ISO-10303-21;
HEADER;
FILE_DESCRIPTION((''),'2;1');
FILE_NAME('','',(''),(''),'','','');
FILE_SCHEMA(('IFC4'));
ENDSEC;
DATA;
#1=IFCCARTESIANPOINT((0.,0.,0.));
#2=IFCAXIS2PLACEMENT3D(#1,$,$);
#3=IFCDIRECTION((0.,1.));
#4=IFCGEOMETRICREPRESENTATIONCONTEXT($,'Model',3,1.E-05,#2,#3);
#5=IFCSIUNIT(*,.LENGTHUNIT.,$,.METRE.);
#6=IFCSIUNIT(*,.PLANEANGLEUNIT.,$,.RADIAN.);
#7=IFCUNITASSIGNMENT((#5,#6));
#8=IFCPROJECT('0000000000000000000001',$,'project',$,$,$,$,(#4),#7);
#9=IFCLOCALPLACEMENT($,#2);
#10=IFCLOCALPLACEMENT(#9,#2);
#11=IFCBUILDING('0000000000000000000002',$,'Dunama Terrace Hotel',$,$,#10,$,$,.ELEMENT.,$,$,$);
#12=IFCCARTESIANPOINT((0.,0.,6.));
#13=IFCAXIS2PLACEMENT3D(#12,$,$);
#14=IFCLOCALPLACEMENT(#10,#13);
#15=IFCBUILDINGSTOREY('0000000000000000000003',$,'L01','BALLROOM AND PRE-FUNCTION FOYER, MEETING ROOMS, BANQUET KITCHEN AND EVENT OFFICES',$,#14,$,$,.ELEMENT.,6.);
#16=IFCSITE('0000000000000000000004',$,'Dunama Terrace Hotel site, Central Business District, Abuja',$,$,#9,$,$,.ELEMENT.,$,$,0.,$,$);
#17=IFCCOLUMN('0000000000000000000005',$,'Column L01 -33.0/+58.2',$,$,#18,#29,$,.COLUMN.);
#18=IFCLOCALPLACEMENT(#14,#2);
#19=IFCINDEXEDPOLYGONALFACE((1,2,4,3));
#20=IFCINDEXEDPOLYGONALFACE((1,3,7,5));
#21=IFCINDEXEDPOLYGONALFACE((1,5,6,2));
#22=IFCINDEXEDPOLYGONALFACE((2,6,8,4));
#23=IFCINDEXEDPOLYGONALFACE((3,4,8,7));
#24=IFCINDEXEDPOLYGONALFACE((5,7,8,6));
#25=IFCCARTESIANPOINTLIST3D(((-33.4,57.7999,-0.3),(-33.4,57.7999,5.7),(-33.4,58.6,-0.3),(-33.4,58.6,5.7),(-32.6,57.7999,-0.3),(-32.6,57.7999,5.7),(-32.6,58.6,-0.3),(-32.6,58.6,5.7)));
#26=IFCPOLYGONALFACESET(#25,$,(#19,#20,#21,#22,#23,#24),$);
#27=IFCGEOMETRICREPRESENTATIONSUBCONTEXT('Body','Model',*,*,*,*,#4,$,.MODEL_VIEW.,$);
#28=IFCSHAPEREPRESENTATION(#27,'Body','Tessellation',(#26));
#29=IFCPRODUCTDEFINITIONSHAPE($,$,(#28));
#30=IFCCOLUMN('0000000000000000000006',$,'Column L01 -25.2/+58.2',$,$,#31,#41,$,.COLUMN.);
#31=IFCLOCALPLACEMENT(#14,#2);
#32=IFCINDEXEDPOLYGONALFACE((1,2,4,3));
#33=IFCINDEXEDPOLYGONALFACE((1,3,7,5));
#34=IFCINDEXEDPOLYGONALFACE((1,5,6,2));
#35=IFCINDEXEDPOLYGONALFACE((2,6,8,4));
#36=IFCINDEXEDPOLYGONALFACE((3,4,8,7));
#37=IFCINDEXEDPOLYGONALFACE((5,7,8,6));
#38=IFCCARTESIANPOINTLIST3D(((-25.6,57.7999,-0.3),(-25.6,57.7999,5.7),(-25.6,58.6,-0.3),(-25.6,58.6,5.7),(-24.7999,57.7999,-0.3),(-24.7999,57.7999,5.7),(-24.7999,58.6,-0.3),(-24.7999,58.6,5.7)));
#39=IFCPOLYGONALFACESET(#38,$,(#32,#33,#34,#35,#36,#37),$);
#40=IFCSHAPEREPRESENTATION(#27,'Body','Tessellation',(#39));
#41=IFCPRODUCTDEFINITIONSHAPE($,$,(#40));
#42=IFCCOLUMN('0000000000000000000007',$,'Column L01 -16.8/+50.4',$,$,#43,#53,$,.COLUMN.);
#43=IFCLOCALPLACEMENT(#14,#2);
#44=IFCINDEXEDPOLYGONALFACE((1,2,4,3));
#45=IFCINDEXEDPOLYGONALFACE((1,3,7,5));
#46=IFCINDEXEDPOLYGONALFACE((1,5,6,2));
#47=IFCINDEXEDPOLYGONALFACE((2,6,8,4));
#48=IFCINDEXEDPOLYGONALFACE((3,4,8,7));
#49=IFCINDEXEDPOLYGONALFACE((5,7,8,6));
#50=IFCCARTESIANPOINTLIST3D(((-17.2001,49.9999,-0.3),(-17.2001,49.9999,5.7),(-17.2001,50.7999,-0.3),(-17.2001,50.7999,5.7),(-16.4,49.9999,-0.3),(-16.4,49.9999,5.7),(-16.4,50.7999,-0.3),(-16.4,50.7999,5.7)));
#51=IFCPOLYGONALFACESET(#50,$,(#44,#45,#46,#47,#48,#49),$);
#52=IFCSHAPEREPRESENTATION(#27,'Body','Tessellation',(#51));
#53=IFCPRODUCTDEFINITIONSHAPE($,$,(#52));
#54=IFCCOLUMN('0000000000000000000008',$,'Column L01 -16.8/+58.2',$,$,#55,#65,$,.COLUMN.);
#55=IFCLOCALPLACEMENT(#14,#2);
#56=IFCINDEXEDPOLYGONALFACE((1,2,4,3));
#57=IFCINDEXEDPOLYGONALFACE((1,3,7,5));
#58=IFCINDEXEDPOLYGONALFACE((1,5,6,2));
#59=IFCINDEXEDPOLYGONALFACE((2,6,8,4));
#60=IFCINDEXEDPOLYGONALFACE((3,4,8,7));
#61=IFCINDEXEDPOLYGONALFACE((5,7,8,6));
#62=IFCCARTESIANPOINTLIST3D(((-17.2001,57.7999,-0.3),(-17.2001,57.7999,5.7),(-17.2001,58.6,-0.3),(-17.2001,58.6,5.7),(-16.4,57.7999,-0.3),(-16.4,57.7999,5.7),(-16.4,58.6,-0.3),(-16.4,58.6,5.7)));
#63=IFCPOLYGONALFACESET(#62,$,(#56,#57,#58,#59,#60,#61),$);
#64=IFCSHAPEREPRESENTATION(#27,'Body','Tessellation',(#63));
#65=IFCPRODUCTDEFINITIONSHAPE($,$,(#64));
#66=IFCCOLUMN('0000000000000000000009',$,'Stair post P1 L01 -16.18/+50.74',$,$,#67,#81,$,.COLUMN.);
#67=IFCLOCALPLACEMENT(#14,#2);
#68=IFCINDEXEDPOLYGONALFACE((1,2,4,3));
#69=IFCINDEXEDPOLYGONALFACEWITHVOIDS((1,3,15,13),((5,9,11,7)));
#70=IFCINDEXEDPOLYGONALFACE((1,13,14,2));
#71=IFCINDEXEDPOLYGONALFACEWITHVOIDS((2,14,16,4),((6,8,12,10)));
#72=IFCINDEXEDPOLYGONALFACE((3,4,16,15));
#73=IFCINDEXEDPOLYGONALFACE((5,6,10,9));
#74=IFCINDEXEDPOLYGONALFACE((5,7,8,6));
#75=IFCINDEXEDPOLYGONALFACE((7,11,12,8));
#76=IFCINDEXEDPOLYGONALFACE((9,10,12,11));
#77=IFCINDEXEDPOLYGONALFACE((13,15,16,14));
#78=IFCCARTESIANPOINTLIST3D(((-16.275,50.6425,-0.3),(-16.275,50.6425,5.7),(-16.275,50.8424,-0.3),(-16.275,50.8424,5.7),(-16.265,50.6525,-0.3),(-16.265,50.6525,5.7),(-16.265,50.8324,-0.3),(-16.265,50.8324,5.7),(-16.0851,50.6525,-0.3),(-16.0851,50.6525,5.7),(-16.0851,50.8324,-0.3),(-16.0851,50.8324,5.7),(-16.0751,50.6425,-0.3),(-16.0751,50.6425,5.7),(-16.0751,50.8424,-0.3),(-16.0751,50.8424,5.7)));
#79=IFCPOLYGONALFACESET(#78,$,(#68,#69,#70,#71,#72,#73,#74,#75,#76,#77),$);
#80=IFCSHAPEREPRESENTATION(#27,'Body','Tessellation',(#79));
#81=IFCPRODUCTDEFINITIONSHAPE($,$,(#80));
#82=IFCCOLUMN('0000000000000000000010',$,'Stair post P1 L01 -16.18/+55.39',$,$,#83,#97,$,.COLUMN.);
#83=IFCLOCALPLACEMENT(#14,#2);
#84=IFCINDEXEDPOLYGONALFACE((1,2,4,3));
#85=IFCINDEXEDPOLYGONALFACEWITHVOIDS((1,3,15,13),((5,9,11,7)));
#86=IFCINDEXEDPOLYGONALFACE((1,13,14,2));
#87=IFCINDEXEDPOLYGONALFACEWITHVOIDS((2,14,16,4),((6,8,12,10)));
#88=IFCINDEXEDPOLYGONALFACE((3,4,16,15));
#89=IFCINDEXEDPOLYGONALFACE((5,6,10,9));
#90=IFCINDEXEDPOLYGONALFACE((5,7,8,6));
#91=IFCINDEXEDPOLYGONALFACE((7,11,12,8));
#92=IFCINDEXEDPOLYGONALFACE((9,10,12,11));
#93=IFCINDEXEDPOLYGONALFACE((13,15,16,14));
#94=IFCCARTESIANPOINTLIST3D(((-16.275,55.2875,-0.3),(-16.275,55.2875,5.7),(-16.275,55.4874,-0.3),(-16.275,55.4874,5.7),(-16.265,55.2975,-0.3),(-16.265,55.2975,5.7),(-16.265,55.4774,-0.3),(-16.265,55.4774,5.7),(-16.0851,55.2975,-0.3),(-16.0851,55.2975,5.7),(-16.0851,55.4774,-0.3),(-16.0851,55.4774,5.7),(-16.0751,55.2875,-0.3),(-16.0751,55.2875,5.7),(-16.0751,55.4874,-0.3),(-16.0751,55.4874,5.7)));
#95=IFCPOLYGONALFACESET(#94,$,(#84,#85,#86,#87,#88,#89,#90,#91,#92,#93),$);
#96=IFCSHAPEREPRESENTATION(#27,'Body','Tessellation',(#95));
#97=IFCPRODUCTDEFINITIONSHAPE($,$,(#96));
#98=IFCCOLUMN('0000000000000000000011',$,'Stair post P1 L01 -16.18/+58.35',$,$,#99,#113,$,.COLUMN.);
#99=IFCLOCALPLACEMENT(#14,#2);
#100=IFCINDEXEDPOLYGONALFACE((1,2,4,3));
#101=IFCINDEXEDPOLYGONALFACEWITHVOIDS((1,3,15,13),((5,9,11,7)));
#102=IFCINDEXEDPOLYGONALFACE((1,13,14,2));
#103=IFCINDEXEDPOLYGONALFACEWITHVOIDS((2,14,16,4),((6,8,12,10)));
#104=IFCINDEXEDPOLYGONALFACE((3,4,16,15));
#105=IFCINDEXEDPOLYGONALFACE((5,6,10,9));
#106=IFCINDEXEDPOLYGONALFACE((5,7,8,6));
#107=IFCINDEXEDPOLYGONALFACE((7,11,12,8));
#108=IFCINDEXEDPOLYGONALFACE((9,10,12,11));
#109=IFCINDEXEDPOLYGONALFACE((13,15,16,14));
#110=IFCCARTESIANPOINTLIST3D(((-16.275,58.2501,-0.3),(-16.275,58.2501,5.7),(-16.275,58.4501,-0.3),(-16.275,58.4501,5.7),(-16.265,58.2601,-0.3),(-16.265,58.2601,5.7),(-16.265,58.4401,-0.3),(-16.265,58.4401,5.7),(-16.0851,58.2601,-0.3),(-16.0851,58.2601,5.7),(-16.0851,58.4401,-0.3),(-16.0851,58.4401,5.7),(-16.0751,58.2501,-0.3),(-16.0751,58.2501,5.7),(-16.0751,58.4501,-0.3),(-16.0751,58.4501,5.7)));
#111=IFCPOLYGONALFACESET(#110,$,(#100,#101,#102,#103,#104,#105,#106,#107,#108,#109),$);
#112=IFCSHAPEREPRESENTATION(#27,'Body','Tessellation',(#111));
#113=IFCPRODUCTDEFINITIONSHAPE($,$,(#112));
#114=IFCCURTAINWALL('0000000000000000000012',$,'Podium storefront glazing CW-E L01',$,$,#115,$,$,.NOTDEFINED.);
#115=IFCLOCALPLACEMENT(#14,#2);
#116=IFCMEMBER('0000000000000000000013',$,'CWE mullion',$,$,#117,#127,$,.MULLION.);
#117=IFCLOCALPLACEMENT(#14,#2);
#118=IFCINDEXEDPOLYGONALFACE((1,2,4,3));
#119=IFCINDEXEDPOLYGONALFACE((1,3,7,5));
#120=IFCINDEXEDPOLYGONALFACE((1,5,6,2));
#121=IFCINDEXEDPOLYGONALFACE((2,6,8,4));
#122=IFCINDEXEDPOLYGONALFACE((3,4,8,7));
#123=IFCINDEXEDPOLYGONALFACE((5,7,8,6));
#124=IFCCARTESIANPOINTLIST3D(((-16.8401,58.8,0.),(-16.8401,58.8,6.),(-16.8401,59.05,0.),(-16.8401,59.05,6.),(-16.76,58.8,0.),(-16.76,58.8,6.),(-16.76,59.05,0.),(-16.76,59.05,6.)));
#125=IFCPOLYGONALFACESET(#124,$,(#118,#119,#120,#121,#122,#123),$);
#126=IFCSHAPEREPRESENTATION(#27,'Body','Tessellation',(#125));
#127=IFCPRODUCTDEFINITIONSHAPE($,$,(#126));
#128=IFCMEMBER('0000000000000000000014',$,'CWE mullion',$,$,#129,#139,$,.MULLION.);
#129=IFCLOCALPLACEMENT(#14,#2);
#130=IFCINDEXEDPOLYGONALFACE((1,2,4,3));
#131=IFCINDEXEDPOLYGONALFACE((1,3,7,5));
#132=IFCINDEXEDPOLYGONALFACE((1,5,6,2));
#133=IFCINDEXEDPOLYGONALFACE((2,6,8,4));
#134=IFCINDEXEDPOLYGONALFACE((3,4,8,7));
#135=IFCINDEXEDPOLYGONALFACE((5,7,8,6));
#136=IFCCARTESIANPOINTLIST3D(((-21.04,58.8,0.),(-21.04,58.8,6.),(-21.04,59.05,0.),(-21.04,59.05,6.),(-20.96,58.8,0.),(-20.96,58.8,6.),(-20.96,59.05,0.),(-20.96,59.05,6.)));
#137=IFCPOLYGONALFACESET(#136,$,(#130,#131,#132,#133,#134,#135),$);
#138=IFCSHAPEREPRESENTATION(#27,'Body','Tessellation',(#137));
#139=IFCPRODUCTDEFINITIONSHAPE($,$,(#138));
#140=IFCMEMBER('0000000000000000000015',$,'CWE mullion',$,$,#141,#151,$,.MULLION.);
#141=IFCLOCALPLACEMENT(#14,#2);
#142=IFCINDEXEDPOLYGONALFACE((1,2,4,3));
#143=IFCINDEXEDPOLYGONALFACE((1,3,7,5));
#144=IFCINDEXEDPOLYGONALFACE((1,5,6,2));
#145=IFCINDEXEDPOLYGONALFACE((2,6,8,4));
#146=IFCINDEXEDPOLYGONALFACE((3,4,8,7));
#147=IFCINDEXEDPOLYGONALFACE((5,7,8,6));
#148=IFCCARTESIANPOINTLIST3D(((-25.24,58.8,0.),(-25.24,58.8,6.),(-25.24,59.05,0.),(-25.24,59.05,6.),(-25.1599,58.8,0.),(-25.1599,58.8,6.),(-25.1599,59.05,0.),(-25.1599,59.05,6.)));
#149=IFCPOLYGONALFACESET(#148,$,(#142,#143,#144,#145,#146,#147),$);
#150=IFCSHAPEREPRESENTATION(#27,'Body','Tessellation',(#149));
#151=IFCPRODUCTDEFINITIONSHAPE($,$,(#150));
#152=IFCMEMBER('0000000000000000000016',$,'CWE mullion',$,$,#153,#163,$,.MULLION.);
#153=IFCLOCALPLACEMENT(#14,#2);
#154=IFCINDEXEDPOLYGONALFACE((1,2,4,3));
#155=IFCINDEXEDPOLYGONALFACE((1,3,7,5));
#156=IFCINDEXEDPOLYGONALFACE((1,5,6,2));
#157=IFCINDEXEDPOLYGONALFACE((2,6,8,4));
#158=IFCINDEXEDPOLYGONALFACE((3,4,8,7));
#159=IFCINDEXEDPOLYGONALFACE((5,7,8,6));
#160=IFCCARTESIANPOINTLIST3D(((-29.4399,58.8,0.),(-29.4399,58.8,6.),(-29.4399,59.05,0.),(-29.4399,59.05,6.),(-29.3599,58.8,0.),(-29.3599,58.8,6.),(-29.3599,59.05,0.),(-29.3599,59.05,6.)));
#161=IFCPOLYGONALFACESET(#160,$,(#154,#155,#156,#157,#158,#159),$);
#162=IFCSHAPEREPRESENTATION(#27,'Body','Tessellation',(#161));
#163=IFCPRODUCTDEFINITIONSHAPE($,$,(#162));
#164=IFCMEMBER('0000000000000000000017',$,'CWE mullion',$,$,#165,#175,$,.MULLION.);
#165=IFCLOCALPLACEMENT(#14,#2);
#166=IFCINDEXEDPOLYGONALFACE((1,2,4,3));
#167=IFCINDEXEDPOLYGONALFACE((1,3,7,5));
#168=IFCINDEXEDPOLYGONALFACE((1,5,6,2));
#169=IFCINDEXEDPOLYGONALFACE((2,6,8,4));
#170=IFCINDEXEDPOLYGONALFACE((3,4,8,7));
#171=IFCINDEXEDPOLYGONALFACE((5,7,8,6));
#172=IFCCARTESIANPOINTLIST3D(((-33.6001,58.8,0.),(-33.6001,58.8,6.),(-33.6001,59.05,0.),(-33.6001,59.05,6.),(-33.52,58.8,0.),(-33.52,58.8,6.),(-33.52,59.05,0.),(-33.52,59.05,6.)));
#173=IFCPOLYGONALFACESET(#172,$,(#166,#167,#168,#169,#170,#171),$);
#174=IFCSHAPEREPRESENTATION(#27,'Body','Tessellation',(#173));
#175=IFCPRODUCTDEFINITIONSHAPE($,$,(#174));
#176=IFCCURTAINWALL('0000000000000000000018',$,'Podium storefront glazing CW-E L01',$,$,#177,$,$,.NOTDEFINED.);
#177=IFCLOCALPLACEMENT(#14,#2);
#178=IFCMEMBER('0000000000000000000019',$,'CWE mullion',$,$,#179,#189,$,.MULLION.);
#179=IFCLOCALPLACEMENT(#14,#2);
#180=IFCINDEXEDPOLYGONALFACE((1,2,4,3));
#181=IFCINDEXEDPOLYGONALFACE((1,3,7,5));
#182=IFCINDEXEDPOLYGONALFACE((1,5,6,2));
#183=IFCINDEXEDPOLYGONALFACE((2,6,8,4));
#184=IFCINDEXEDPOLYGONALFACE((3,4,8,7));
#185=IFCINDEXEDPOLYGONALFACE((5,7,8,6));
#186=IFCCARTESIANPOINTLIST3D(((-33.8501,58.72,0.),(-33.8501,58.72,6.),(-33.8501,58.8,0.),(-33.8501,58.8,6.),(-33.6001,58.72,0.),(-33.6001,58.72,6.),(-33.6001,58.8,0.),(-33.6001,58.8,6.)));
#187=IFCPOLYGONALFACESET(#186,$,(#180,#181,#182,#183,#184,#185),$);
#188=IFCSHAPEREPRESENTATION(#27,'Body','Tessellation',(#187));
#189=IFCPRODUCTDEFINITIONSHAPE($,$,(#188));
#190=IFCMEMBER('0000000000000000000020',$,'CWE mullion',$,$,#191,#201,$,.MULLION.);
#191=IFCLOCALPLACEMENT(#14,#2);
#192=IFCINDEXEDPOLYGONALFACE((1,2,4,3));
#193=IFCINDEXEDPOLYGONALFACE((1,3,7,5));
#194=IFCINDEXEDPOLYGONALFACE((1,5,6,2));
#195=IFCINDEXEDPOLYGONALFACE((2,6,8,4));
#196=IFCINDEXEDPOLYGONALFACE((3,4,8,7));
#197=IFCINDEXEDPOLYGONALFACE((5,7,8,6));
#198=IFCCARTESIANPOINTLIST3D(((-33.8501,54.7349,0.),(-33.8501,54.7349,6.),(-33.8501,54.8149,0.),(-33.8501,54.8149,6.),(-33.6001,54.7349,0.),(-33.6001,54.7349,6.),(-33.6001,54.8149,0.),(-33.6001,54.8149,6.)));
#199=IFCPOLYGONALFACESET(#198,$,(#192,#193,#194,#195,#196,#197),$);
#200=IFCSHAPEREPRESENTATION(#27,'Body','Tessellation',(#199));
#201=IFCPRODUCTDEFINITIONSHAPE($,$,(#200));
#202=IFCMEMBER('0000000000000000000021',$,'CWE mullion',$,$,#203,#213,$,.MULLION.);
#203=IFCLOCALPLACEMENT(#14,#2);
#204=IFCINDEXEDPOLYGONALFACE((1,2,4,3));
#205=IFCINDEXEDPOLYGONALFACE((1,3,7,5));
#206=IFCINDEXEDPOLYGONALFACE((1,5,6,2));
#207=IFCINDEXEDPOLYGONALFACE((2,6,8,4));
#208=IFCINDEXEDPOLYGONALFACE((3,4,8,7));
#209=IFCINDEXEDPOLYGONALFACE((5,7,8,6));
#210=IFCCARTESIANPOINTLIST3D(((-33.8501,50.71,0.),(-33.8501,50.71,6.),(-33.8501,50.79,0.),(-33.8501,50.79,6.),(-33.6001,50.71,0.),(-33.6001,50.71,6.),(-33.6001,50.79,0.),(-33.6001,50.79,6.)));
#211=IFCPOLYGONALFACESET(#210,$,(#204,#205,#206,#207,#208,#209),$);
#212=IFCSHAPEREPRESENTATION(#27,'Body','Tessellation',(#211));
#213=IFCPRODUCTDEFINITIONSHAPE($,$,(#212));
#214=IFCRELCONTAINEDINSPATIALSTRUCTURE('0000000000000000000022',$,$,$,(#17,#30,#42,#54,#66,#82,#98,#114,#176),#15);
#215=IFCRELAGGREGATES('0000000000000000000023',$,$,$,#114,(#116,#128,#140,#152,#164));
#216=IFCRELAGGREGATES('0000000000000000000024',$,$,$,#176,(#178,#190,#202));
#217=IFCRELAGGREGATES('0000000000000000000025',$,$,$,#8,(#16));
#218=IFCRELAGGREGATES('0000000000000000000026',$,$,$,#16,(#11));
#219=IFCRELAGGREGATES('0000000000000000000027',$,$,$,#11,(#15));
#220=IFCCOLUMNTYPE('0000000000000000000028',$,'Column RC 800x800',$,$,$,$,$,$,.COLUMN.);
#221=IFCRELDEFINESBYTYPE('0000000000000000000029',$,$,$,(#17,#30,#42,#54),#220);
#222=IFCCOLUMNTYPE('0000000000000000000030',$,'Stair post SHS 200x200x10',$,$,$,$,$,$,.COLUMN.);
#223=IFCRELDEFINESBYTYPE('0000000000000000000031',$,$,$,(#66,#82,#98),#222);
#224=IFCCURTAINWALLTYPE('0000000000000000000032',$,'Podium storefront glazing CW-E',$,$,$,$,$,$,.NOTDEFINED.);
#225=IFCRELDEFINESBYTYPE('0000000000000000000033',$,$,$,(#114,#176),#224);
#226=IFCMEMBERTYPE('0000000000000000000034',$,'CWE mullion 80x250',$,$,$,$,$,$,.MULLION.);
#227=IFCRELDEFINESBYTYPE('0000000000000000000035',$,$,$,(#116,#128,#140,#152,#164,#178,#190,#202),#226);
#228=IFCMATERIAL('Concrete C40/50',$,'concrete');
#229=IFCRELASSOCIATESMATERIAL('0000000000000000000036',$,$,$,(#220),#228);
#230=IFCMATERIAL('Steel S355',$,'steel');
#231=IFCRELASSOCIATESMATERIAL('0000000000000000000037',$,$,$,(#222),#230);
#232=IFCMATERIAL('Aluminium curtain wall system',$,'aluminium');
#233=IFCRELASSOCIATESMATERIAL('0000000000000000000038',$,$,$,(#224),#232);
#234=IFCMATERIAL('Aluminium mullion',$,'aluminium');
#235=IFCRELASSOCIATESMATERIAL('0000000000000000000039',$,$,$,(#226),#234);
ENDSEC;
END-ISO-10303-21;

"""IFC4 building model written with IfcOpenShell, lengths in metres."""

from ifc_helpers import new_model, si_unit, direction, frame, origin, origin_2d, place, context, subcontext, project, spatial, rectangle, hollow_rectangle, extrude, material, material_profile, profile_set, type_object, element, aggregate, save


model = new_model("IFC4")

# Units and contexts
model_context = context("Model", 3, precision=1e-05, world=origin(), true_north=direction((0.0, 1.0)))
body_context = subcontext(model_context, "Body", "Model", "MODEL_VIEW")
ifc_project = project(units=[si_unit("LENGTHUNIT", "METRE"), si_unit("PLANEANGLEUNIT", "RADIAN")], contexts=[model_context])

# Site, building, storey
site_placement = place(None, origin())
site = spatial("IfcSite", under=ifc_project, at=site_placement, Name="Dunama Terrace Hotel site, Central Business District, Abuja", CompositionType="ELEMENT", RefElevation=0.0)
building_placement = place(site_placement, origin())
building = spatial("IfcBuilding", under=site, at=building_placement, Name="Dunama Terrace Hotel", CompositionType="ELEMENT")
storey_placement = place(building_placement, frame((0.0, 0.0, 6.0)))
storey = spatial("IfcBuildingStorey", under=building, at=storey_placement, Name="L01", Description="BALLROOM AND PRE-FUNCTION FOYER, MEETING ROOMS, BANQUET KITCHEN AND EVENT OFFICES", CompositionType="ELEMENT", Elevation=6.0)

# Columns
ifc_material_1 = material(Name="Concrete C40/50", Category="concrete")
ifc_material_profile_1 = material_profile(ifc_material_1, rectangle(XDim=0.8, YDim=0.8, at=origin_2d()), Name="RC 800x800")
ifc_profile_set_1 = profile_set([ifc_material_profile_1], Name="Concrete C40/50")
column_type_1 = type_object("IfcColumnType", Name="Column RC 800x800", PredefinedType="COLUMN", material=ifc_profile_set_1)
for number, where, z_axis, x_axis, name in (
    (1, (-33.0, 58.2, -0.3), (0.0, 0.0, 1.0), (1.0, 0.0, 0.0), "Column L01 -33.0/+58.2"),
    (2, (-25.2, 58.2, -0.3), (0.0, 0.0, 1.0), (1.0, 0.0, 0.0), "Column L01 -25.2/+58.2"),
    (3, (-16.8, 50.3999, -0.3), (0.0, 0.0, 1.0), (1.0, 0.0, 0.0), "Column L01 -16.8/+50.4"),
    (4, (-16.8, 58.2, -0.3), (0.0, 0.0, 1.0), (1.0, 0.0, 0.0), "Column L01 -16.8/+58.2"),
):
    element("IfcColumn", number, at=place(storey_placement, frame(where, z_axis=z_axis, x_axis=x_axis)), inside=storey, type_object=column_type_1, Name=name, PredefinedType="COLUMN", context=body_context, shape_type="SweptSolid", body=[
        extrude(rectangle(XDim=0.8, YDim=0.8, at=origin_2d()), origin(), (0.0, 0.0, 1.0), 6.0),
    ])
ifc_material_2 = material(Name="Steel S355", Category="steel")
ifc_material_profile_2 = material_profile(ifc_material_2, hollow_rectangle(XDim=0.2, YDim=0.2, WallThickness=0.01, at=origin_2d()), Name="SHS 200x200x10")
ifc_profile_set_2 = profile_set([ifc_material_profile_2], Name="Steel S355")
column_type_2 = type_object("IfcColumnType", Name="Stair post SHS 200x200x10", PredefinedType="COLUMN", material=ifc_profile_set_2)
for number, where, z_axis, x_axis, name in (
    (5, (-16.175, 50.7424, -0.3), (0.0, 0.0, 1.0), (1.0, 0.0, 0.0), "Stair post P1 L01 -16.18/+50.74"),
    (6, (-16.175, 55.3875, -0.3), (0.0, 0.0, 1.0), (1.0, 0.0, 0.0), "Stair post P1 L01 -16.18/+55.39"),
    (7, (-16.175, 58.3501, -0.3), (0.0, 0.0, 1.0), (1.0, 0.0, 0.0), "Stair post P1 L01 -16.18/+58.35"),
):
    element("IfcColumn", number, at=place(storey_placement, frame(where, z_axis=z_axis, x_axis=x_axis)), inside=storey, type_object=column_type_2, Name=name, PredefinedType="COLUMN", context=body_context, shape_type="SweptSolid", body=[
        extrude(hollow_rectangle(XDim=0.2, YDim=0.2, WallThickness=0.01, at=origin_2d()), origin(), (0.0, 0.0, 1.0), 6.0),
    ])

# Curtain walls, members
ifc_material_3 = material(Name="Aluminium curtain wall system", Category="aluminium")
curtain_wall_type = type_object("IfcCurtainWallType", Name="Podium storefront glazing CW-E", PredefinedType="NOTDEFINED", material=ifc_material_3)
curtain_wall_1_placement = place(storey_placement, origin())
curtain_wall_1 = element("IfcCurtainWall", 8, at=curtain_wall_1_placement, inside=storey, type_object=curtain_wall_type, Name="Podium storefront glazing CW-E L01", PredefinedType="NOTDEFINED")
ifc_material_4 = material(Name="Aluminium mullion", Category="aluminium")
ifc_material_profile_3 = material_profile(ifc_material_4, rectangle(XDim=0.0801, YDim=0.25, at=origin_2d()), Name="CWE MULLION 80X250")
ifc_profile_set_3 = profile_set([ifc_material_profile_3], Name="Aluminium mullion")
member_type_1 = type_object("IfcMemberType", Name="CWE mullion 80x250", PredefinedType="MULLION", material=ifc_profile_set_3)
member_1_placement = place(storey_placement, frame((-16.8, 58.925, 0.0), z_axis=(0.0, 0.0, 1.0), x_axis=(-1.0, 0.0, 0.0)))
member_1 = element("IfcMember", 9, at=member_1_placement, type_object=member_type_1, Name="CWE mullion", PredefinedType="MULLION", context=body_context, shape_type="SweptSolid", body=[
    extrude(rectangle(XDim=0.0801, YDim=0.25, at=origin_2d()), origin(), (0.0, 0.0, 1.0), 6.0),
])
member_2_placement = place(storey_placement, frame((-21.0, 58.925, 0.0), z_axis=(0.0, 0.0, 1.0), x_axis=(-1.0, 0.0, 0.0)))
member_2 = element("IfcMember", 10, at=member_2_placement, type_object=member_type_1, Name="CWE mullion", PredefinedType="MULLION", context=body_context, shape_type="SweptSolid", body=[
    extrude(rectangle(XDim=0.0801, YDim=0.25, at=origin_2d()), origin(), (0.0, 0.0, 1.0), 6.0),
])
member_3_placement = place(storey_placement, frame((-25.2, 58.925, 0.0), z_axis=(0.0, 0.0, 1.0), x_axis=(-1.0, 0.0, 0.0)))
member_3 = element("IfcMember", 11, at=member_3_placement, type_object=member_type_1, Name="CWE mullion", PredefinedType="MULLION", context=body_context, shape_type="SweptSolid", body=[
    extrude(rectangle(XDim=0.0801, YDim=0.25, at=origin_2d()), origin(), (0.0, 0.0, 1.0), 6.0),
])
member_4_placement = place(storey_placement, frame((-29.3999, 58.925, 0.0), z_axis=(0.0, 0.0, 1.0), x_axis=(-1.0, 0.0, 0.0)))
member_4 = element("IfcMember", 12, at=member_4_placement, type_object=member_type_1, Name="CWE mullion", PredefinedType="MULLION", context=body_context, shape_type="SweptSolid", body=[
    extrude(rectangle(XDim=0.0801, YDim=0.25, at=origin_2d()), origin(), (0.0, 0.0, 1.0), 6.0),
])
member_5_placement = place(storey_placement, frame((-33.5601, 58.925, 0.0), z_axis=(0.0, 0.0, 1.0), x_axis=(-1.0, 0.0, 0.0)))
member_5 = element("IfcMember", 13, at=member_5_placement, type_object=member_type_1, Name="CWE mullion", PredefinedType="MULLION", context=body_context, shape_type="SweptSolid", body=[
    extrude(rectangle(XDim=0.0801, YDim=0.25, at=origin_2d()), origin(), (0.0, 0.0, 1.0), 6.0),
])
curtain_wall_2_placement = place(storey_placement, origin())
curtain_wall_2 = element("IfcCurtainWall", 14, at=curtain_wall_2_placement, inside=storey, type_object=curtain_wall_type, Name="Podium storefront glazing CW-E L01", PredefinedType="NOTDEFINED")
member_6_placement = place(storey_placement, frame((-33.7251, 58.76, 0.0), z_axis=(0.0, 0.0, 1.0), x_axis=(0.0, -1.0, 0.0)))
member_6 = element("IfcMember", 15, at=member_6_placement, type_object=member_type_1, Name="CWE mullion", PredefinedType="MULLION", context=body_context, shape_type="SweptSolid", body=[
    extrude(rectangle(XDim=0.0801, YDim=0.25, at=origin_2d()), origin(), (0.0, 0.0, 1.0), 6.0),
])
member_7_placement = place(storey_placement, frame((-33.7251, 54.7749, 0.0), z_axis=(0.0, 0.0, 1.0), x_axis=(0.0, -1.0, 0.0)))
member_7 = element("IfcMember", 16, at=member_7_placement, type_object=member_type_1, Name="CWE mullion", PredefinedType="MULLION", context=body_context, shape_type="SweptSolid", body=[
    extrude(rectangle(XDim=0.0801, YDim=0.25, at=origin_2d()), origin(), (0.0, 0.0, 1.0), 6.0),
])
member_8_placement = place(storey_placement, frame((-33.7251, 50.75, 0.0), z_axis=(0.0, 0.0, 1.0), x_axis=(0.0, -1.0, 0.0)))
member_8 = element("IfcMember", 17, at=member_8_placement, type_object=member_type_1, Name="CWE mullion", PredefinedType="MULLION", context=body_context, shape_type="SweptSolid", body=[
    extrude(rectangle(XDim=0.0801, YDim=0.25, at=origin_2d()), origin(), (0.0, 0.0, 1.0), 6.0),
])

aggregate(curtain_wall_1, [member_1, member_2, member_3, member_4, member_5])
aggregate(curtain_wall_2, [member_6, member_7, member_8])

save(model, "model.ifc")
